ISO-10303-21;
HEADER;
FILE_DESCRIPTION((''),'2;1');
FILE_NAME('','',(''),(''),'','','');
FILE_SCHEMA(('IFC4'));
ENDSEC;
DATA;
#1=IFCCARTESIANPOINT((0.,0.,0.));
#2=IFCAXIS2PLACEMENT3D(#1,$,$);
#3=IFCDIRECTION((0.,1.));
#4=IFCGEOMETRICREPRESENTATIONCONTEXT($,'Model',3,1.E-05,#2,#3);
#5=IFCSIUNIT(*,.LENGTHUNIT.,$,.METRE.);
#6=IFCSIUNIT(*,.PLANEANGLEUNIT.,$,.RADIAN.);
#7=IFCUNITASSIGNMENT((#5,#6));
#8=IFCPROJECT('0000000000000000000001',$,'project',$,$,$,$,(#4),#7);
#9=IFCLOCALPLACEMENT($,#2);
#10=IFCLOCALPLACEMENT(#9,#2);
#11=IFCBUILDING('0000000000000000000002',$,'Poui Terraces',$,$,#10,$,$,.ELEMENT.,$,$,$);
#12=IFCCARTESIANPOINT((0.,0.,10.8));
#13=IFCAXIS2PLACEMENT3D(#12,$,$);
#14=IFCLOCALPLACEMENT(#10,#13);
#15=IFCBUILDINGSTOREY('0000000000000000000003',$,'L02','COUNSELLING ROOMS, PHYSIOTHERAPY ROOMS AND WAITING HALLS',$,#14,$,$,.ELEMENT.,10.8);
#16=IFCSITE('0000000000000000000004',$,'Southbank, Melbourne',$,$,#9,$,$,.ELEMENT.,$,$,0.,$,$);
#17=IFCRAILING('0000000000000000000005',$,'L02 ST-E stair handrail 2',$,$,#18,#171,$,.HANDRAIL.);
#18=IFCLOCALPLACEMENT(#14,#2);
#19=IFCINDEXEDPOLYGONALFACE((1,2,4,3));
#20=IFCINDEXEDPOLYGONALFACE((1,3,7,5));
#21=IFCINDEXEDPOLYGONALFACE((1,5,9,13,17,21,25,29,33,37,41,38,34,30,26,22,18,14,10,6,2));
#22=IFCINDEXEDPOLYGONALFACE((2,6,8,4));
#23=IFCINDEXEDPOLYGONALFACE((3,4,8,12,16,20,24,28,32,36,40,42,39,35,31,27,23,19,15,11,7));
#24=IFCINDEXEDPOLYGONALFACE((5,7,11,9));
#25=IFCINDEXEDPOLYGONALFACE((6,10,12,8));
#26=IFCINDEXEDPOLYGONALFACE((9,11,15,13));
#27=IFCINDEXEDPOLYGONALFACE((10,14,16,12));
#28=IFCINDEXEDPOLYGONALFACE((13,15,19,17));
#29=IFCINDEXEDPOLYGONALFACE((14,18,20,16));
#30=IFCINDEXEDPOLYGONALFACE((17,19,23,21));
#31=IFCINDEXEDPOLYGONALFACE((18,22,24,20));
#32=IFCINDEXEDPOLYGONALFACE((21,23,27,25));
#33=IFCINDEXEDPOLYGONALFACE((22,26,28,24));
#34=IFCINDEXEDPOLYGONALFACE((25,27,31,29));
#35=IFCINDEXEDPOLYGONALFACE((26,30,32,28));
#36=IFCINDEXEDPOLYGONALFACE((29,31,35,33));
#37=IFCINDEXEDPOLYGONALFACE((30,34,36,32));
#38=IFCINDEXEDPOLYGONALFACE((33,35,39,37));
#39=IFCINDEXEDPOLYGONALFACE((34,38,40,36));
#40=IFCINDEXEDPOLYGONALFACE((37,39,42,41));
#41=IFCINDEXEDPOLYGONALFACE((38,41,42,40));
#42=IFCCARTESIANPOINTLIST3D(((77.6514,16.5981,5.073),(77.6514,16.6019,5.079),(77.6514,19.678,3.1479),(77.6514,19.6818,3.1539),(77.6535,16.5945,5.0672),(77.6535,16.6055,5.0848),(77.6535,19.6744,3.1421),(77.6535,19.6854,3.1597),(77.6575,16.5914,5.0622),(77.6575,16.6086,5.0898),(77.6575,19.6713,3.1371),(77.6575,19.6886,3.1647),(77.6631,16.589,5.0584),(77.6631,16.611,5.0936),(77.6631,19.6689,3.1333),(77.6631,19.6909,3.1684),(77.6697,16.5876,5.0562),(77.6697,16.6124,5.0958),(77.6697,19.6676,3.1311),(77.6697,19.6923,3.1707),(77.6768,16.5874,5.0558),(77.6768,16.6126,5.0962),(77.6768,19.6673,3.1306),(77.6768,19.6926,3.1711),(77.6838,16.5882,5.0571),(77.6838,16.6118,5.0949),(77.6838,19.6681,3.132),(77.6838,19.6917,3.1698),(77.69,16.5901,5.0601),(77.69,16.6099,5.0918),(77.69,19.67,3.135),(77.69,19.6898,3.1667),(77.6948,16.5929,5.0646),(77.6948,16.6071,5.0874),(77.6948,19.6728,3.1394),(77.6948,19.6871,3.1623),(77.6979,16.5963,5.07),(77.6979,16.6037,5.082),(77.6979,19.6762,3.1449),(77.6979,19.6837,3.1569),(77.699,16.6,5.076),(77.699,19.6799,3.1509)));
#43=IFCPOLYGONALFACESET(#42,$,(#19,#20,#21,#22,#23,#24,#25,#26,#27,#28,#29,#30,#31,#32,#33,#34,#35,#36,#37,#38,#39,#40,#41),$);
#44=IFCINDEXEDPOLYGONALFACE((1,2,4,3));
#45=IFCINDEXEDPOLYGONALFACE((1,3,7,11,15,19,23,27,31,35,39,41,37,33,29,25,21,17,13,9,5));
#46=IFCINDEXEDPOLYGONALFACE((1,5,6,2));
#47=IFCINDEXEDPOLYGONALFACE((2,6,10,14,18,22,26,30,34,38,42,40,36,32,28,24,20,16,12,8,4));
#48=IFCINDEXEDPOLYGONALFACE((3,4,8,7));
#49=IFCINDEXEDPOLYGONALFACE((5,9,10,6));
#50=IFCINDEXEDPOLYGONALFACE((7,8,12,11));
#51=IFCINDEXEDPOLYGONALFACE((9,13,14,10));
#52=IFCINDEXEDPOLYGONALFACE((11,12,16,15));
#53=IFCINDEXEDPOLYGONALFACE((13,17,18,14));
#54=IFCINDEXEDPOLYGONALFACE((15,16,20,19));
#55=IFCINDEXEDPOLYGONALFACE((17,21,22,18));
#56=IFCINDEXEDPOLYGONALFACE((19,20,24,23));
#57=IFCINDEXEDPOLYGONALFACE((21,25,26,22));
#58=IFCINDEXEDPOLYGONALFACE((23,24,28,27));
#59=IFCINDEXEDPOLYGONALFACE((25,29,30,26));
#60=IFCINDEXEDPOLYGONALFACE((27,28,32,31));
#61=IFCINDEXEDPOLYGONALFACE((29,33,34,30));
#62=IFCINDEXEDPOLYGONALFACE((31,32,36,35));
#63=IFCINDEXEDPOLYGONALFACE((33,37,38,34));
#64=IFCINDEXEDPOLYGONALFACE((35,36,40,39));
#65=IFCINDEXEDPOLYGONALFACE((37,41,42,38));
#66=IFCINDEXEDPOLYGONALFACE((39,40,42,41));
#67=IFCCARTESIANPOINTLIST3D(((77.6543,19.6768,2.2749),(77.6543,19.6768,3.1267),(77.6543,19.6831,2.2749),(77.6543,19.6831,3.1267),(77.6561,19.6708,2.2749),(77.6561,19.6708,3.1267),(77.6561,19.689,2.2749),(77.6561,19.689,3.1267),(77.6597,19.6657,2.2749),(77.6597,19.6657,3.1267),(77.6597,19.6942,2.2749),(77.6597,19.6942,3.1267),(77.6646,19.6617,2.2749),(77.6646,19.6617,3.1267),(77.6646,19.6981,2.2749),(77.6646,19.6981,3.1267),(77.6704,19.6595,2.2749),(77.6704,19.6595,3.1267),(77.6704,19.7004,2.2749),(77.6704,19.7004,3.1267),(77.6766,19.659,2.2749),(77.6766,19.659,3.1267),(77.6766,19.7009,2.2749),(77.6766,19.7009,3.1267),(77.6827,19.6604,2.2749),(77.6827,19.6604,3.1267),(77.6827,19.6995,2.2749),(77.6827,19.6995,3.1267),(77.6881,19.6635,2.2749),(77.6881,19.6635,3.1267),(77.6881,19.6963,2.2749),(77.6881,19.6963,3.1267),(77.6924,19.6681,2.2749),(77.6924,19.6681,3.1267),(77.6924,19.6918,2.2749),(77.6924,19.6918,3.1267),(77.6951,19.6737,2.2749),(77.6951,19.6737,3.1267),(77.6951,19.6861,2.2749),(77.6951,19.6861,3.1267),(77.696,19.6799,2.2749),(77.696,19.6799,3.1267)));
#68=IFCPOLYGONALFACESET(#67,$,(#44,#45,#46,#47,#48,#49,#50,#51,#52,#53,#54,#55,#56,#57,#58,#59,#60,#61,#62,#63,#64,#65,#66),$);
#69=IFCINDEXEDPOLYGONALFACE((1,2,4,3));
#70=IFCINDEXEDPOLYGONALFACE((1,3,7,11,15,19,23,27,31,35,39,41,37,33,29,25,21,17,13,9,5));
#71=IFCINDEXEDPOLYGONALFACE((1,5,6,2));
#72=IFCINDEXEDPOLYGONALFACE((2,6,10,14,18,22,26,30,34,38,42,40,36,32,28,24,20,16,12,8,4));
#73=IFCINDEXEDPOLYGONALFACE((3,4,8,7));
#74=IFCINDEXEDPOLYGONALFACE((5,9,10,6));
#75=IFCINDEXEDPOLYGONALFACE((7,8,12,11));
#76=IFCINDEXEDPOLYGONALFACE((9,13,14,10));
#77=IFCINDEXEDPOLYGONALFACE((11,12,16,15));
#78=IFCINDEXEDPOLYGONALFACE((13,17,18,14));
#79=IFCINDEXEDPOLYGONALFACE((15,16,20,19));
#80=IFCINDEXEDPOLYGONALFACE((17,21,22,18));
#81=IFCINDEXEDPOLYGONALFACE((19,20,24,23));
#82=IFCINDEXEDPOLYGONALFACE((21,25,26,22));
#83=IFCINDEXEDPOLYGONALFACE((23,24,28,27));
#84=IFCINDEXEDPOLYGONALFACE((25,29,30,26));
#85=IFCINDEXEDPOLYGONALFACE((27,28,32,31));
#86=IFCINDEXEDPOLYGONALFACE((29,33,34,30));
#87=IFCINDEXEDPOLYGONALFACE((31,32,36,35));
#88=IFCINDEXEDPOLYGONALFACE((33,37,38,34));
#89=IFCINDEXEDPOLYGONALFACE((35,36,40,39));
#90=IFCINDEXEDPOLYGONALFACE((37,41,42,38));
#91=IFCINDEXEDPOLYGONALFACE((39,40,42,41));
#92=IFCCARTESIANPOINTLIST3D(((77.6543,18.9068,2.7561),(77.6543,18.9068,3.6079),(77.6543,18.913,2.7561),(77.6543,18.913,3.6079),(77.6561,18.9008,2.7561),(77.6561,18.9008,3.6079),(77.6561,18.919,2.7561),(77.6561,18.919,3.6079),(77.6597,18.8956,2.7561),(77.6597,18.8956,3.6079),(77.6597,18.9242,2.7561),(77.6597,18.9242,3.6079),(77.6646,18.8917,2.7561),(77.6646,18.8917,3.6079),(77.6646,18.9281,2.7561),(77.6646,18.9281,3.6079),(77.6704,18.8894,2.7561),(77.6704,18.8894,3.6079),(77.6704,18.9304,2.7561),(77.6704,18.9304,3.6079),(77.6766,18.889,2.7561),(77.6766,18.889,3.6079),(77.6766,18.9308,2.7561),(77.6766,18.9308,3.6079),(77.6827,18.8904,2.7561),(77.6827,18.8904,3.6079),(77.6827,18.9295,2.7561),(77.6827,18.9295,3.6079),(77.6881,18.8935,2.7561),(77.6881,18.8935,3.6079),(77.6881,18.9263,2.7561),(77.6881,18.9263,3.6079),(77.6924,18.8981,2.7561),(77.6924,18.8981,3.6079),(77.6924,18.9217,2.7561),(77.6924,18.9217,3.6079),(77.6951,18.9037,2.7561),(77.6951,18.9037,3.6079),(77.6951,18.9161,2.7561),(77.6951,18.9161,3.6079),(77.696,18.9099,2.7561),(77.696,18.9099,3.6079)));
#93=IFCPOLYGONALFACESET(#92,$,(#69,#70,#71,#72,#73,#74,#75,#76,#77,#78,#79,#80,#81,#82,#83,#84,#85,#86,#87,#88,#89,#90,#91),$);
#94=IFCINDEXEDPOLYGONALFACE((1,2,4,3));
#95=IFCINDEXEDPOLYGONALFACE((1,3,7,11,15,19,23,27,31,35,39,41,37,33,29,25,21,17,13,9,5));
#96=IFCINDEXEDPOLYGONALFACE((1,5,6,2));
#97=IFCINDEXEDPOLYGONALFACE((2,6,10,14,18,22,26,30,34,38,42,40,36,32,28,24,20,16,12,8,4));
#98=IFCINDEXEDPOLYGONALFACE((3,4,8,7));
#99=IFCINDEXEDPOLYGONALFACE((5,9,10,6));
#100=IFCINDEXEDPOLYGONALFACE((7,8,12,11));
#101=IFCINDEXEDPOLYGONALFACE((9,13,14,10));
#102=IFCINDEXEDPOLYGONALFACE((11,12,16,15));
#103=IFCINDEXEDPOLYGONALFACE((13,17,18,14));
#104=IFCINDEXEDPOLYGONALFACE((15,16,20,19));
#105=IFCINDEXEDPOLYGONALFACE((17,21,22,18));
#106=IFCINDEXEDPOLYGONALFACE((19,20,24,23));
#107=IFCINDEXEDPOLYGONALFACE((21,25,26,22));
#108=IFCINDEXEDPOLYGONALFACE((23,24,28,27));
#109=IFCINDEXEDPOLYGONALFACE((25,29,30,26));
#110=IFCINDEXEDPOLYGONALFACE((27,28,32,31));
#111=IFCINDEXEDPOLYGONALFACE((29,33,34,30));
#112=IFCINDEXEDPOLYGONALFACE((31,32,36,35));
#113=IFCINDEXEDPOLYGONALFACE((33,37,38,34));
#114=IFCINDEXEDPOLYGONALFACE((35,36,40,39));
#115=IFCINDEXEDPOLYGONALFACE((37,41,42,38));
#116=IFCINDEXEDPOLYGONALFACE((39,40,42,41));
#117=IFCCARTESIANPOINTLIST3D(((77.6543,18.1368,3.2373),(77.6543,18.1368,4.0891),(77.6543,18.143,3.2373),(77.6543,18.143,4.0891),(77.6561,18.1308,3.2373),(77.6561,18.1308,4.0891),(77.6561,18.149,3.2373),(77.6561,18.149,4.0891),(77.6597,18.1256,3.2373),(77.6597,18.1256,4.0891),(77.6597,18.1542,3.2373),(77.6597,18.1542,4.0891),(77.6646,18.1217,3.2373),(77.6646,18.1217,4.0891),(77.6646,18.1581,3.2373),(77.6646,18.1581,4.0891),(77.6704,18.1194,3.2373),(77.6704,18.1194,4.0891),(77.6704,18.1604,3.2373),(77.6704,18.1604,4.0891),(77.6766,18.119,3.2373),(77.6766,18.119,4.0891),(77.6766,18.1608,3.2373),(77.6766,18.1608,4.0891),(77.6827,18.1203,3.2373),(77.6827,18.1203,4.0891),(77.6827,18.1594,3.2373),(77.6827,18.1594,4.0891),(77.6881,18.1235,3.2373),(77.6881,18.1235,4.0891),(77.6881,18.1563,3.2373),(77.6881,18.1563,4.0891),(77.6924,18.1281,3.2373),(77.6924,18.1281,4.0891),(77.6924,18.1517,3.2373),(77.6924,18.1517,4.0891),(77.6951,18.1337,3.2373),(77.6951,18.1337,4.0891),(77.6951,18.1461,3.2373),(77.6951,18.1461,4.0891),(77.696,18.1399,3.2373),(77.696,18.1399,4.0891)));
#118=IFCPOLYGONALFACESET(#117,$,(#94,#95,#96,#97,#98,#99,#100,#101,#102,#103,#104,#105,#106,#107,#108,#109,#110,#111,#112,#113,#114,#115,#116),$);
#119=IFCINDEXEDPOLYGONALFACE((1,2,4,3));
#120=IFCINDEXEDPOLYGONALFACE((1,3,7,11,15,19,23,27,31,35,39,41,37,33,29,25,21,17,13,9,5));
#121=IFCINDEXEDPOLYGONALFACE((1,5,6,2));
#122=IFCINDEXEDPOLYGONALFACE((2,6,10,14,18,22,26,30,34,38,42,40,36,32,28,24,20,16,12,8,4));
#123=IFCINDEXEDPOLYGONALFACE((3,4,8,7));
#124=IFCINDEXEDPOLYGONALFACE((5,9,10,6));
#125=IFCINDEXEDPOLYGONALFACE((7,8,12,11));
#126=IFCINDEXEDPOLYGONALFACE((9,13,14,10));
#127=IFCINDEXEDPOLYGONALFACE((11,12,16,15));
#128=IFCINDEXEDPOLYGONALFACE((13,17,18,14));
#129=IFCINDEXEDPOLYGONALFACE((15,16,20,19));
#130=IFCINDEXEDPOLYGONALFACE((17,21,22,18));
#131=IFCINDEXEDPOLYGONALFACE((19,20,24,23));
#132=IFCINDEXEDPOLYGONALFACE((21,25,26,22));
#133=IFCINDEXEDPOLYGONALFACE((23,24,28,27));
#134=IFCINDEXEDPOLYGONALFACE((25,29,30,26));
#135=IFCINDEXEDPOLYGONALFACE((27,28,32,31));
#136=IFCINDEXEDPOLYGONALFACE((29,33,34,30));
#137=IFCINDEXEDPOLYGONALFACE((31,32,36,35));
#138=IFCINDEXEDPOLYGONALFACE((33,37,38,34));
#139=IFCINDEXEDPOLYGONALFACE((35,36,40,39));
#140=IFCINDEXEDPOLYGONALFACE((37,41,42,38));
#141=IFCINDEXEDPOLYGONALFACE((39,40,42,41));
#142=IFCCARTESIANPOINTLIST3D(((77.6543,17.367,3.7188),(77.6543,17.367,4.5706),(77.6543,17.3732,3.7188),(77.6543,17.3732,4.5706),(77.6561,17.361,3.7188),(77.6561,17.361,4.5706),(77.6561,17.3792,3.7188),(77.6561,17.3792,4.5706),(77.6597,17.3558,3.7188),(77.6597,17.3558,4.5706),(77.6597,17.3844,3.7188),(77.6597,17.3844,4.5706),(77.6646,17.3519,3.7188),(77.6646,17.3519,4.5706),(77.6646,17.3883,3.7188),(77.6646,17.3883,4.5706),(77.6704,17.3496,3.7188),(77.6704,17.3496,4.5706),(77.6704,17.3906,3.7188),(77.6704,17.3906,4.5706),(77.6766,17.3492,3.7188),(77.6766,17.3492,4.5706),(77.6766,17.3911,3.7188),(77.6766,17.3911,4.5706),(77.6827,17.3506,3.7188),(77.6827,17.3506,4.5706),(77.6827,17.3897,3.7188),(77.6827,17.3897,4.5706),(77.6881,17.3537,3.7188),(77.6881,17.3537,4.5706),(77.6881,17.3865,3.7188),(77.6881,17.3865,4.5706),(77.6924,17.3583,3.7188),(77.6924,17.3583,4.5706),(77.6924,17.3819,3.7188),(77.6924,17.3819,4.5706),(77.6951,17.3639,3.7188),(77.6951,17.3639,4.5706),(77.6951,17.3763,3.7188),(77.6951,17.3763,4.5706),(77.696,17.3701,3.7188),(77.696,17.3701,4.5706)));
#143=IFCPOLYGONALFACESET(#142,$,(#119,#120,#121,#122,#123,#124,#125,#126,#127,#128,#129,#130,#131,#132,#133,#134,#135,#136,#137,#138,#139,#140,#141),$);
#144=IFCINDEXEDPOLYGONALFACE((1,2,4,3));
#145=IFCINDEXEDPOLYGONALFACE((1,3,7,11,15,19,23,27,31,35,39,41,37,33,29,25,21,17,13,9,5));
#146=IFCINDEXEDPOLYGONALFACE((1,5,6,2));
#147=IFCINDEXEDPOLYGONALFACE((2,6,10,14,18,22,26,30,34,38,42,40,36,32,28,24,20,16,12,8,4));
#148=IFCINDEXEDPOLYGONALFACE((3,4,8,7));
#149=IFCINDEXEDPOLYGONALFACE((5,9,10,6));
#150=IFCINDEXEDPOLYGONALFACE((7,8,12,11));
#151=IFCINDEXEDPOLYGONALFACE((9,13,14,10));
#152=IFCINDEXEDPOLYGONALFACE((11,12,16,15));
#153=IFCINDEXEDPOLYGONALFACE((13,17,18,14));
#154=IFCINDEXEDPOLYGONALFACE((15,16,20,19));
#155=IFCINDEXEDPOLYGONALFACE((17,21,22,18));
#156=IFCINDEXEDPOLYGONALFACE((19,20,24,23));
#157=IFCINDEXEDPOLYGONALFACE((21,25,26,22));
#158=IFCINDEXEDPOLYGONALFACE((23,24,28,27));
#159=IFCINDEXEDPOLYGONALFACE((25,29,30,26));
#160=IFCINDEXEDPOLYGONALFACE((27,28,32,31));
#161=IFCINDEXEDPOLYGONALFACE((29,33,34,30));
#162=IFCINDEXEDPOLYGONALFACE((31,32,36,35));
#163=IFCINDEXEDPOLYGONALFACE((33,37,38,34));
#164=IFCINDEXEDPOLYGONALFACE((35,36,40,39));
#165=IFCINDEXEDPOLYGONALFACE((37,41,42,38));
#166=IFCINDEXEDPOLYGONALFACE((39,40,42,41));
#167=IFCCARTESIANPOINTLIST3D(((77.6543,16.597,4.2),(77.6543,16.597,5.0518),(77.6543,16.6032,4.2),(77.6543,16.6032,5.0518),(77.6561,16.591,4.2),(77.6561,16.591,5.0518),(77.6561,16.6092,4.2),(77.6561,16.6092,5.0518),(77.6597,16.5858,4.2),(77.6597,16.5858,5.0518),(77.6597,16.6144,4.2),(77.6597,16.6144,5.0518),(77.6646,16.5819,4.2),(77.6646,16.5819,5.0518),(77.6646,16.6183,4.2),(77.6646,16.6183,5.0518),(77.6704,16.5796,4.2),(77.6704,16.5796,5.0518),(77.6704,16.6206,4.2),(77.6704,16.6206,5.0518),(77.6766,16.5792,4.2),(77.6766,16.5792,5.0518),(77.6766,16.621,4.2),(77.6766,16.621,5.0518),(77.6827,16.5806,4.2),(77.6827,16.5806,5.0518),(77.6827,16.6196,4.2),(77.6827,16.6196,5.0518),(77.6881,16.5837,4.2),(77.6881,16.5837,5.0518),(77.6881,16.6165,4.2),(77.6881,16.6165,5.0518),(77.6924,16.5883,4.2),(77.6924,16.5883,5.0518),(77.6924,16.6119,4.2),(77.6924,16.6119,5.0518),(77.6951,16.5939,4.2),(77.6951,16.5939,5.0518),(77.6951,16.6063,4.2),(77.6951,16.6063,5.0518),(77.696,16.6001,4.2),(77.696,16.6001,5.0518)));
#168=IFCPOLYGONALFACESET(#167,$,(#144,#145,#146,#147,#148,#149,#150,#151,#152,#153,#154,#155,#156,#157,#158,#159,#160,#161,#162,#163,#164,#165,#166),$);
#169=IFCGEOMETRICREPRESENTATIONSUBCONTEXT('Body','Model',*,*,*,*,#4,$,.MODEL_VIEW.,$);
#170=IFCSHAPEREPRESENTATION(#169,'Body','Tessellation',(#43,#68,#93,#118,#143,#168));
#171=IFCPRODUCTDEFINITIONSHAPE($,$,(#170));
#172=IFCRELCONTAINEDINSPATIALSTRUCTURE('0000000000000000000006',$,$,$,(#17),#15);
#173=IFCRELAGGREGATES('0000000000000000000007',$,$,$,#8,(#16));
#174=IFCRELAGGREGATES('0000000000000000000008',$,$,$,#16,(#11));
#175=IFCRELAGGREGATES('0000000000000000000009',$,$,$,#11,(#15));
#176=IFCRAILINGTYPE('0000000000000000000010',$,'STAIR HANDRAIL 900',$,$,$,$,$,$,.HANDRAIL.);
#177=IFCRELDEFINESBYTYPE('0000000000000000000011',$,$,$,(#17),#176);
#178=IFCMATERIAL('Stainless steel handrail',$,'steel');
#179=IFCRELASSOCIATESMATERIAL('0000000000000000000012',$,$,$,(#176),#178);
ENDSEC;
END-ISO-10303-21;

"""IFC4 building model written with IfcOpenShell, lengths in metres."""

from ifc_helpers import new_model, si_unit, direction, frame, origin, origin_2d, place, context, subcontext, project, spatial, circle, extrude, material, type_object, element, save


model = new_model("IFC4")

# Units and contexts
model_context = context("Model", 3, precision=1e-05, world=origin(), true_north=direction((0.0, 1.0)))
body_context = subcontext(model_context, "Body", "Model", "MODEL_VIEW")
ifc_project = project(units=[si_unit("LENGTHUNIT", "METRE"), si_unit("PLANEANGLEUNIT", "RADIAN")], contexts=[model_context])

# Site, building, storey
site_placement = place(None, origin())
site = spatial("IfcSite", under=ifc_project, at=site_placement, Name="Southbank, Melbourne", CompositionType="ELEMENT", RefElevation=0.0)
building_placement = place(site_placement, origin())
building = spatial("IfcBuilding", under=site, at=building_placement, Name="Poui Terraces", CompositionType="ELEMENT")
storey_placement = place(building_placement, frame((0.0, 0.0, 10.8)))
storey = spatial("IfcBuildingStorey", under=building, at=storey_placement, Name="L02", Description="COUNSELLING ROOMS, PHYSIOTHERAPY ROOMS AND WAITING HALLS", CompositionType="ELEMENT", Elevation=10.8)

# Railing
ifc_material_1 = material(Name="Stainless steel handrail", Category="steel")
railing_type_1 = type_object("IfcRailingType", Name="STAIR HANDRAIL 900", PredefinedType="HANDRAIL", material=ifc_material_1)
railing_1_placement = place(storey_placement, frame((77.675, 19.6799, 2.2749)))
element("IfcRailing", 1, at=railing_1_placement, inside=storey, type_object=railing_type_1, Name="L02 ST-E stair handrail 2", PredefinedType="HANDRAIL", context=body_context, shape_type="SweptSolid", body=[
    extrude(circle(Radius=0.0239, at=origin_2d()), frame((0.0, 0.0, 0.876), z_axis=(0.0, -0.847979, 0.530029), x_axis=(1.0, 0.0, 0.0)), (0.0, 0.0, 1.0), 3.6321),
    extrude(circle(Radius=0.021, at=origin_2d()), origin(), (0.0, 0.0, 1.0), 0.8518),
    extrude(circle(Radius=0.021, at=origin_2d()), frame((0.0, -0.77, 0.4812)), (0.0, 0.0, 1.0), 0.8518),
    extrude(circle(Radius=0.021, at=origin_2d()), frame((0.0, -1.54, 0.9624)), (0.0, 0.0, 1.0), 0.8518),
    extrude(circle(Radius=0.021, at=origin_2d()), frame((0.0, -2.3098, 1.4438)), (0.0, 0.0, 1.0), 0.8518),
    extrude(circle(Radius=0.021, at=origin_2d()), frame((0.0, -3.0798, 1.925)), (0.0, 0.0, 1.0), 0.8518),
])

save(model, "model.ifc")
